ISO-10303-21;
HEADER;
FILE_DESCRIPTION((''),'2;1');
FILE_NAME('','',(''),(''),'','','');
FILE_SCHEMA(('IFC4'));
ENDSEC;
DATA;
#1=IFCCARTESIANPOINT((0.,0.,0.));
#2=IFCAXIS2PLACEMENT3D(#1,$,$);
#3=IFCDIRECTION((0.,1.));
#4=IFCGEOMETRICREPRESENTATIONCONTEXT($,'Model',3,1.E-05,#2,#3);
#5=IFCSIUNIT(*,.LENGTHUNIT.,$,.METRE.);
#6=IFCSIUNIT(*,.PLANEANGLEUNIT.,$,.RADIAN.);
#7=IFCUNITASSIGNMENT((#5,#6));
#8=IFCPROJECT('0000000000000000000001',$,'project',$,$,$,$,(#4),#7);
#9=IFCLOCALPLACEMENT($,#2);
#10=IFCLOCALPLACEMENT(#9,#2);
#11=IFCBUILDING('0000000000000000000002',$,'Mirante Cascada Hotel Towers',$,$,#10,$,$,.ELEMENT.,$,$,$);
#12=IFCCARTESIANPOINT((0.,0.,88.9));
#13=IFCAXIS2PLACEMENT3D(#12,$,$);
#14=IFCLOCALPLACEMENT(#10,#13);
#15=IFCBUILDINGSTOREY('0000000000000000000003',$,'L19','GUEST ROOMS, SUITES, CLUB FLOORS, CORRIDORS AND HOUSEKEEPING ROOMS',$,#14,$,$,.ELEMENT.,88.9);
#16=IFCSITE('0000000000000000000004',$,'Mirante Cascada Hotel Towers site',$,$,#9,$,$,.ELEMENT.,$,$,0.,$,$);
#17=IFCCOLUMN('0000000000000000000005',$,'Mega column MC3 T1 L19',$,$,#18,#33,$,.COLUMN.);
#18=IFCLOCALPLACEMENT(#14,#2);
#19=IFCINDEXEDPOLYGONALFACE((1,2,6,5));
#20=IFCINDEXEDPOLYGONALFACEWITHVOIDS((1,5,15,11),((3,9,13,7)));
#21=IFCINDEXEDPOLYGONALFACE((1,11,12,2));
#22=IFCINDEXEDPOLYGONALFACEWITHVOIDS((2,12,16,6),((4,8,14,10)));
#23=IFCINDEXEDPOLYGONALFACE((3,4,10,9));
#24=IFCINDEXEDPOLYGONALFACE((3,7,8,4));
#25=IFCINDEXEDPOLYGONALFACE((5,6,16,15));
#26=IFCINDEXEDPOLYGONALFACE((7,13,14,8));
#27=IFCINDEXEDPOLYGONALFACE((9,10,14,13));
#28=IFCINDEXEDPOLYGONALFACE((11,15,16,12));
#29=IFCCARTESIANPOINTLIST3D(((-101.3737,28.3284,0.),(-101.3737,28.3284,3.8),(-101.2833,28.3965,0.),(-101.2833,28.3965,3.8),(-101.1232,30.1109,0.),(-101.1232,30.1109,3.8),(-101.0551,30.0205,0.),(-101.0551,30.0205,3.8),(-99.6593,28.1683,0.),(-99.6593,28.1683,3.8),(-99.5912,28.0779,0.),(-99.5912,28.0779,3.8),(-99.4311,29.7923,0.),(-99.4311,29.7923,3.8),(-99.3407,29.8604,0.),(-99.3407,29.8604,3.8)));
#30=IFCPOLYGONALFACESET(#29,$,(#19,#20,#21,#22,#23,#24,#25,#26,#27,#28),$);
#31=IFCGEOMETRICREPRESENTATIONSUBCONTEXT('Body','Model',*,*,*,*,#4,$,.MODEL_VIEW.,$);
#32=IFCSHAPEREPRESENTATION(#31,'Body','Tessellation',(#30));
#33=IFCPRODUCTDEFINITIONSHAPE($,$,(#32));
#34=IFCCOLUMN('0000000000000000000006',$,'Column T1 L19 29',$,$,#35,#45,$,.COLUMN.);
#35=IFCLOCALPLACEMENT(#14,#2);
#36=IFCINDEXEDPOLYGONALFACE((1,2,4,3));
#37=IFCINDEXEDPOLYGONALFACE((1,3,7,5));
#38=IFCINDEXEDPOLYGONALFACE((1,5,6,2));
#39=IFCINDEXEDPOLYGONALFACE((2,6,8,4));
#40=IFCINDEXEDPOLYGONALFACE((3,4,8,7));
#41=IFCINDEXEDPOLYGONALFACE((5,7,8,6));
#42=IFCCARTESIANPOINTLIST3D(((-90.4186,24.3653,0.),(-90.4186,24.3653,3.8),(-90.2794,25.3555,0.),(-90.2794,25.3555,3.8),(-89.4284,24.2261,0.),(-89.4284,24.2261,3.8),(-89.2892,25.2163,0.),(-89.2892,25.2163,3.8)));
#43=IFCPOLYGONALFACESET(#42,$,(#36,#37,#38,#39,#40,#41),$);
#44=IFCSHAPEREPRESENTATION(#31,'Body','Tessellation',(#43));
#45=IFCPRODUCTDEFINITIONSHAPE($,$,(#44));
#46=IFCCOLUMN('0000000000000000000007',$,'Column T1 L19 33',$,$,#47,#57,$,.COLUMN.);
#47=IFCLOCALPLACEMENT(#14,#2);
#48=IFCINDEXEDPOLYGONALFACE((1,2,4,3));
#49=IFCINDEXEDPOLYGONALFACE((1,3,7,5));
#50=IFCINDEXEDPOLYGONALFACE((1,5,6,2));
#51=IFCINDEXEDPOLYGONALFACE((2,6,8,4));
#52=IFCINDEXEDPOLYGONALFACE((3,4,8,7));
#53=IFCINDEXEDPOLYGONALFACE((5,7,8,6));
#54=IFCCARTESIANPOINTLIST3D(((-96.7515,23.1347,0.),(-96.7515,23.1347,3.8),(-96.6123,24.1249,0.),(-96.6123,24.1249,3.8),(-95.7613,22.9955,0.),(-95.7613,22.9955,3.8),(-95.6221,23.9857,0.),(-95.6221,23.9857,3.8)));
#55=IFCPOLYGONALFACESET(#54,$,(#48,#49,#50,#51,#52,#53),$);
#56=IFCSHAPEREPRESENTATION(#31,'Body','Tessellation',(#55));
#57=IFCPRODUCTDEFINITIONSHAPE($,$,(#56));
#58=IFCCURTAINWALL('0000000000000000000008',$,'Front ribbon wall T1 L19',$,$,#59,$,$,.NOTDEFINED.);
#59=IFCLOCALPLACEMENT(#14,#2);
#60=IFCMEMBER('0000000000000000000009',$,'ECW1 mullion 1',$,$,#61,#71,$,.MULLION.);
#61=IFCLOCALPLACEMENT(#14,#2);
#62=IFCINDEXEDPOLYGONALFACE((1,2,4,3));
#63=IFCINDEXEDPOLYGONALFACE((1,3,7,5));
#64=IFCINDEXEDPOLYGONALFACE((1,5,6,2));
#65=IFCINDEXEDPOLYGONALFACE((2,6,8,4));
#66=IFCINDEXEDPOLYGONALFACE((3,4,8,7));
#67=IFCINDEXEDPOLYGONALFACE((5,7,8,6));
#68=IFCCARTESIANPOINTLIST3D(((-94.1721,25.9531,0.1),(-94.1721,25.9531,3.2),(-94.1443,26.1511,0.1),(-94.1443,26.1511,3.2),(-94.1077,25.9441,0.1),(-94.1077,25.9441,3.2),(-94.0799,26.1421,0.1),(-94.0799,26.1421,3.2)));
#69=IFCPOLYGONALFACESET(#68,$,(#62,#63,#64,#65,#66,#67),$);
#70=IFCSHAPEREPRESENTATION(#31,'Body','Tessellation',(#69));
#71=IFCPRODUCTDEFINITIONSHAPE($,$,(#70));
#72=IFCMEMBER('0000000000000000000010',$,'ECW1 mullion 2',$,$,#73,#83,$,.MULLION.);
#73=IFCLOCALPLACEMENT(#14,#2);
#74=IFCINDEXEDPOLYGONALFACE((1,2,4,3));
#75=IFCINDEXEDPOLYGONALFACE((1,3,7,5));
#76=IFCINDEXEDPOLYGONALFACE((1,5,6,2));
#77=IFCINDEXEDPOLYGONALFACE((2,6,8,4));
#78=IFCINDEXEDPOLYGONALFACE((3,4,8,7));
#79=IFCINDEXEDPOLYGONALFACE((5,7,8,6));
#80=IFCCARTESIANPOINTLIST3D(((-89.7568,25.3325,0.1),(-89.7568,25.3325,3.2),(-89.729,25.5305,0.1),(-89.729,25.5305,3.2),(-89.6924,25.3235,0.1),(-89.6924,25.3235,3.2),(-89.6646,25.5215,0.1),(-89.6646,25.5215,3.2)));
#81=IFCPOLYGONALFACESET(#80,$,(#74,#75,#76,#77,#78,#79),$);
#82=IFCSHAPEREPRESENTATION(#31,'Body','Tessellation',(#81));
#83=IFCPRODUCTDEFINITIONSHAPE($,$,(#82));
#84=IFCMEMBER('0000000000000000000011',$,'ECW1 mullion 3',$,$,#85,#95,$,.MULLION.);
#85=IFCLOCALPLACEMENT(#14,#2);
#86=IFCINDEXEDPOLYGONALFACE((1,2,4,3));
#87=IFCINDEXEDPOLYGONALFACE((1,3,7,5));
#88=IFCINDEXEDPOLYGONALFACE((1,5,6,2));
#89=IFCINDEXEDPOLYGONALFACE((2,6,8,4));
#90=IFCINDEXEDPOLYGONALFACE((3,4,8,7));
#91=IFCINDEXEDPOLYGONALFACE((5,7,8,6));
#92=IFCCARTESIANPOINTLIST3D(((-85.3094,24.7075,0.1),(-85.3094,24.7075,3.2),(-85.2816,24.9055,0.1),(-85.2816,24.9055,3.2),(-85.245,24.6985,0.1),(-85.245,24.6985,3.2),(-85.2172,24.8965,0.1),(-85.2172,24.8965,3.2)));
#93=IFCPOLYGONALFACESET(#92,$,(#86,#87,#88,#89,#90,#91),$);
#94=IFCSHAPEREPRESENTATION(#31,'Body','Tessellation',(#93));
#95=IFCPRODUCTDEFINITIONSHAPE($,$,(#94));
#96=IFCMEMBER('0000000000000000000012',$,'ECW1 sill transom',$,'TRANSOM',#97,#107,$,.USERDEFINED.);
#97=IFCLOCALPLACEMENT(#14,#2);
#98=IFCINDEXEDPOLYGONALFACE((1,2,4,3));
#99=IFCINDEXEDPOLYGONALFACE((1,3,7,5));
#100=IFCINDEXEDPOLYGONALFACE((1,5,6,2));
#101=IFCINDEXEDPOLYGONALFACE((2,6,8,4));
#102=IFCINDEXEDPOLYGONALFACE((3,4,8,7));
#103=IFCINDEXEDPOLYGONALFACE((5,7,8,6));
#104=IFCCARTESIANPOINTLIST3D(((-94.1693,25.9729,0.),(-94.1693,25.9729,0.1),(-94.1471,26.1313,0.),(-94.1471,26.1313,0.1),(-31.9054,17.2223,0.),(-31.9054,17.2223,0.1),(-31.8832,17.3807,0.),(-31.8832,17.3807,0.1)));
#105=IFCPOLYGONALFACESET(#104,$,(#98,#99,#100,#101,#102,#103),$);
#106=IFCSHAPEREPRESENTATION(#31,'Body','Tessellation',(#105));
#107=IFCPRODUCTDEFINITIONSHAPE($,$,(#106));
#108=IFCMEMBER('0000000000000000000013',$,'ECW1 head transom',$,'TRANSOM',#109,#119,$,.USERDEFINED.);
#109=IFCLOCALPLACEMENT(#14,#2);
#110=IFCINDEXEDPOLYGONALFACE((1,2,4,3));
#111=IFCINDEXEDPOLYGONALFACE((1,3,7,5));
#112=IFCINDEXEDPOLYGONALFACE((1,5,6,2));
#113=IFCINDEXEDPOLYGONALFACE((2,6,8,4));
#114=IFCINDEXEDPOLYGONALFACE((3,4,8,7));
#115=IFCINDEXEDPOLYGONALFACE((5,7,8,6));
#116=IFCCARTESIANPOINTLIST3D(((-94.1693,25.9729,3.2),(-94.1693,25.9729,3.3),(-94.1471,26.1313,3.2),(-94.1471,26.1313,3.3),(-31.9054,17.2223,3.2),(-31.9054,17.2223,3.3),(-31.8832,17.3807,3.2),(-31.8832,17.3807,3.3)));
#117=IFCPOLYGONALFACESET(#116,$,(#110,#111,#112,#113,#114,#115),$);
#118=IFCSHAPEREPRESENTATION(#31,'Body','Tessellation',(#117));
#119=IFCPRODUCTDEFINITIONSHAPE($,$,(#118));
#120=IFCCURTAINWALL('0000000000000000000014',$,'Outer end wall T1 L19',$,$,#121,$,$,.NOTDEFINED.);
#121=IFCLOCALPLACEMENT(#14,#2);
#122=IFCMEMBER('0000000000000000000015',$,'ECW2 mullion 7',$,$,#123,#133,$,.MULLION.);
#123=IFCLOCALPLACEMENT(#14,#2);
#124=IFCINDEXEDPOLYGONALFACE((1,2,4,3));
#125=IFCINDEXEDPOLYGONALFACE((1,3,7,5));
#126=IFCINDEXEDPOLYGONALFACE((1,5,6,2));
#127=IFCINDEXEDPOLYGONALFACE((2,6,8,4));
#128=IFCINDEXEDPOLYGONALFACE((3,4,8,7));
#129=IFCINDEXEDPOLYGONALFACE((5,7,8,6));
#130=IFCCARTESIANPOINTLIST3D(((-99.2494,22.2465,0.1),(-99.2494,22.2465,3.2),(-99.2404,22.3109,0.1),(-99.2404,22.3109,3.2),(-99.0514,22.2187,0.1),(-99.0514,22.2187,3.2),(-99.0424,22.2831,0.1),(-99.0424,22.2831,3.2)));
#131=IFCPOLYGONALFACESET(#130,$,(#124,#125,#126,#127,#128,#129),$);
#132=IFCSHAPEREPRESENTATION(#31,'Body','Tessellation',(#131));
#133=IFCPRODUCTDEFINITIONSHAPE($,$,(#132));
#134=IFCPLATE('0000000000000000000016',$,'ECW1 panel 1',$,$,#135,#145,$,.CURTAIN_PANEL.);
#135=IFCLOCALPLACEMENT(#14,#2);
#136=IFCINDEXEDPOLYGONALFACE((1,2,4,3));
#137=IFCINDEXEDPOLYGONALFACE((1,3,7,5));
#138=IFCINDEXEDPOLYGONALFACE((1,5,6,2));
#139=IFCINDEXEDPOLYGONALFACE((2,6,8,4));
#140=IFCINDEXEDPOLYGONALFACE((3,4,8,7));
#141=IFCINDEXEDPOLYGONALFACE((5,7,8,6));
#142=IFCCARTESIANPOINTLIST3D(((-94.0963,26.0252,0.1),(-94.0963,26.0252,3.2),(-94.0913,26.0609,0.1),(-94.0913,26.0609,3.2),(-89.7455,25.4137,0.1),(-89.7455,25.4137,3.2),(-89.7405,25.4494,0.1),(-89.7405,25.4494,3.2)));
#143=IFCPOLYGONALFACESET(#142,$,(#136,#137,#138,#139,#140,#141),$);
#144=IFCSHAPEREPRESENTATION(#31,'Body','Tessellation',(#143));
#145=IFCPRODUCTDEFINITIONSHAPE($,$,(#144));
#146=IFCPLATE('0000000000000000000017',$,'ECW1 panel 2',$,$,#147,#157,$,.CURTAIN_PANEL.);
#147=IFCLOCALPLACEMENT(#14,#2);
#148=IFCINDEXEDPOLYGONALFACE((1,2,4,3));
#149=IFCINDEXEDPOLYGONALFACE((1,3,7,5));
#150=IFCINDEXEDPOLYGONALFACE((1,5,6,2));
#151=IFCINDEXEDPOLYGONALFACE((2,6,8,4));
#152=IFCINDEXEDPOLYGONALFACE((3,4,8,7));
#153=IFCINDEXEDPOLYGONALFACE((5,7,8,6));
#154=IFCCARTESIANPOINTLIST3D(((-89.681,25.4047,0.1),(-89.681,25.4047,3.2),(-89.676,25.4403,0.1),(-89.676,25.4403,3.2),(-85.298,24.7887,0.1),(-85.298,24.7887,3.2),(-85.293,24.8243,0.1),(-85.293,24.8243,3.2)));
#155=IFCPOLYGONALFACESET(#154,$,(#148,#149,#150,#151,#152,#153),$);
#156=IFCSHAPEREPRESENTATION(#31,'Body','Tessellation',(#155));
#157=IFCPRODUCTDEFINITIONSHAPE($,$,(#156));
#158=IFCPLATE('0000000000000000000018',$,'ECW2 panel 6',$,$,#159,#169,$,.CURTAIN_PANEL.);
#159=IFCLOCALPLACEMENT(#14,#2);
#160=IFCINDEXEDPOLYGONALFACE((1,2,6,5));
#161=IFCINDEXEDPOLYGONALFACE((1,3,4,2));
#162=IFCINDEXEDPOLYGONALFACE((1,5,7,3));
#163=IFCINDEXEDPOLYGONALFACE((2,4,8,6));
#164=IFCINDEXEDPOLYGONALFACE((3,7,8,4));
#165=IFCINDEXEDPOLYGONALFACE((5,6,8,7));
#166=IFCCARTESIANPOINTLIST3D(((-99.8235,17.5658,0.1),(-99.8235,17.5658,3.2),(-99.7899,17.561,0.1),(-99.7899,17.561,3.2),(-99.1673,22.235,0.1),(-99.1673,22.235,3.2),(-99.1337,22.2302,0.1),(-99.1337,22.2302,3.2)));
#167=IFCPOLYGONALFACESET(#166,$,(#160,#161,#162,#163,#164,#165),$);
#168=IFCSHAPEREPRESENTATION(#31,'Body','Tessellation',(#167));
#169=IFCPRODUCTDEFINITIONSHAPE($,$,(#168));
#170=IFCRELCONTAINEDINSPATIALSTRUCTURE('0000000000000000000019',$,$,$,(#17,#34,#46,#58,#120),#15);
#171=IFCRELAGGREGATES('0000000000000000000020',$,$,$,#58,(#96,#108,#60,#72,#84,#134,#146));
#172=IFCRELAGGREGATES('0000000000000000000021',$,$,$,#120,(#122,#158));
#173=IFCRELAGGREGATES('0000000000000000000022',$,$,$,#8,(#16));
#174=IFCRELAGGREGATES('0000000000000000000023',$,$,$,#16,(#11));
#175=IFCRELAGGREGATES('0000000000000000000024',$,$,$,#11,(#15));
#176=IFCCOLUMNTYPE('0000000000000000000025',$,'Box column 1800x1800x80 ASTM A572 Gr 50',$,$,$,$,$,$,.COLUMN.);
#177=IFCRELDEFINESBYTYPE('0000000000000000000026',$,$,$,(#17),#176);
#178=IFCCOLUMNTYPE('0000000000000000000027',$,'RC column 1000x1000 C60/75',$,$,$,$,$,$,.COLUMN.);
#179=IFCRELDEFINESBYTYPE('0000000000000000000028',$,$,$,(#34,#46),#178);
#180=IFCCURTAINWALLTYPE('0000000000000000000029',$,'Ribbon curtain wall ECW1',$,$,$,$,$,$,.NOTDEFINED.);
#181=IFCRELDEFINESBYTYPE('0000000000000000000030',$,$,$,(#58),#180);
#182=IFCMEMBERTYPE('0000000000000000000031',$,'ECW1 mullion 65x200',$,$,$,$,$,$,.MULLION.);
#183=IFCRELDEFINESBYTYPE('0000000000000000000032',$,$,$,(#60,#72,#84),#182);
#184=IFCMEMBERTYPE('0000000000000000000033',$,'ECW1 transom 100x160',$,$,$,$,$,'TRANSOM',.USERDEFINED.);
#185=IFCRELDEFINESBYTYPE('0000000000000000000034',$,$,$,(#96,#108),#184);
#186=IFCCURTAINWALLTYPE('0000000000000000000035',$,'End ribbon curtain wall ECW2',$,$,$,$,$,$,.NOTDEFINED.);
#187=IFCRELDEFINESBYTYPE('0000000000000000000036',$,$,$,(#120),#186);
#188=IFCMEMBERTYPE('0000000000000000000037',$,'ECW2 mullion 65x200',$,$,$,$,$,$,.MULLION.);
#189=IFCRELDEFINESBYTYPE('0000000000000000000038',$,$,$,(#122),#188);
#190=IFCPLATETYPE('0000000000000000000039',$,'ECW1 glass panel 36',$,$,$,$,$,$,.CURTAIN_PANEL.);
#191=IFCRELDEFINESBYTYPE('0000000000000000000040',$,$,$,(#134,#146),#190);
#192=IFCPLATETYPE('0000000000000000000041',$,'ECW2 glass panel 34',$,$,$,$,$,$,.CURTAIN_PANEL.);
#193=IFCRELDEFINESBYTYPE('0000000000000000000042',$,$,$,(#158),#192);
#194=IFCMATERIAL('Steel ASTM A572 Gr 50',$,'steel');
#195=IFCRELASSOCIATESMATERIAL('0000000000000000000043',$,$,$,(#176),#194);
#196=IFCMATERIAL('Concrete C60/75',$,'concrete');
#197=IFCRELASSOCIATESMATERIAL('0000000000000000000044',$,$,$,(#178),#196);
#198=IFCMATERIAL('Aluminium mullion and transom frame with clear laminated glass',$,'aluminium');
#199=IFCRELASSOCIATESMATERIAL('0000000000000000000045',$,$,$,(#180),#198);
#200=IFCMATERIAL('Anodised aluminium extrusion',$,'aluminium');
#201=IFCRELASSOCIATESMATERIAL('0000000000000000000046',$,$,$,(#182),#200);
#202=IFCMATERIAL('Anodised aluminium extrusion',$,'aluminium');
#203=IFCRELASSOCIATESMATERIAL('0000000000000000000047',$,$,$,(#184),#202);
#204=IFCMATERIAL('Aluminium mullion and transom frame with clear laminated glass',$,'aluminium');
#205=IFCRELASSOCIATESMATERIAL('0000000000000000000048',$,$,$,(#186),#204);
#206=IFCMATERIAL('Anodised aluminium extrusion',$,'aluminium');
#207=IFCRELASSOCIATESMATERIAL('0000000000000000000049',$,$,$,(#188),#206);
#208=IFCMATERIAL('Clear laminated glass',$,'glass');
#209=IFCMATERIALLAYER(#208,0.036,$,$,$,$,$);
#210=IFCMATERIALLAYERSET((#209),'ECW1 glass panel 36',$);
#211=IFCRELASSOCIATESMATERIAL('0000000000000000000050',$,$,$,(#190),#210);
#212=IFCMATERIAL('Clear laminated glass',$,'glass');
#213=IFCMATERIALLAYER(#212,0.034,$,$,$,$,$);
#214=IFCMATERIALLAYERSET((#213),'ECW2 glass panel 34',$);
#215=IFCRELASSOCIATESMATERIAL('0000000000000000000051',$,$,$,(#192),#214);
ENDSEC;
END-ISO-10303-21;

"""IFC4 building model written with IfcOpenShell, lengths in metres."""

from ifc_helpers import new_model, si_unit, direction, frame, origin, origin_2d, place, context, subcontext, project, spatial, rectangle, hollow_rectangle, extrude, material, layer, layer_set, material_profile, profile_set, type_object, element, aggregate, save


model = new_model("IFC4")

# Units and contexts
model_context = context("Model", 3, precision=1e-05, world=origin(), true_north=direction((0.0, 1.0)))
body_context = subcontext(model_context, "Body", "Model", "MODEL_VIEW")
ifc_project = project(units=[si_unit("LENGTHUNIT", "METRE"), si_unit("PLANEANGLEUNIT", "RADIAN")], contexts=[model_context])

# Site, building, storey
site_placement = place(None, origin())
site = spatial("IfcSite", under=ifc_project, at=site_placement, Name="Mirante Cascada Hotel Towers site", CompositionType="ELEMENT", RefElevation=0.0)
building_placement = place(site_placement, origin())
building = spatial("IfcBuilding", under=site, at=building_placement, Name="Mirante Cascada Hotel Towers", CompositionType="ELEMENT")
storey_placement = place(building_placement, frame((0.0, 0.0, 88.9)))
storey = spatial("IfcBuildingStorey", under=building, at=storey_placement, Name="L19", Description="GUEST ROOMS, SUITES, CLUB FLOORS, CORRIDORS AND HOUSEKEEPING ROOMS", CompositionType="ELEMENT", Elevation=88.9)

# Columns
ifc_material_1 = material(Name="Steel ASTM A572 Gr 50", Category="steel")
ifc_material_profile_1 = material_profile(ifc_material_1, hollow_rectangle(XDim=1.8, YDim=1.8, WallThickness=0.08, at=origin_2d()), Name="Box column 1800x1800x80 ASTM A572 Gr 50")
ifc_profile_set_1 = profile_set([ifc_material_profile_1], Name="Steel ASTM A572 Gr 50")
column_type_1 = type_object("IfcColumnType", Name="Box column 1800x1800x80 ASTM A572 Gr 50", PredefinedType="COLUMN", material=ifc_profile_set_1)
column_placement = place(storey_placement, frame((-100.3572, 29.0944, 0.0), z_axis=(0.0, 0.0, 1.0), x_axis=(-0.990268, 0.139173, 0.0)))
element("IfcColumn", 1, at=column_placement, inside=storey, type_object=column_type_1, Name="Mega column MC3 T1 L19", PredefinedType="COLUMN", context=body_context, shape_type="SweptSolid", body=[
    extrude(hollow_rectangle(XDim=1.8, YDim=1.8, WallThickness=0.08, at=origin_2d()), origin(), (0.0, 0.0, 1.0), 3.8),
])
ifc_material_2 = material(Name="Concrete C60/75", Category="concrete")
ifc_material_profile_2 = material_profile(ifc_material_2, rectangle(XDim=1.0, YDim=1.0, at=origin_2d()), Name="RC column 1000x1000 C60/75")
ifc_profile_set_2 = profile_set([ifc_material_profile_2], Name="Concrete C60/75")
column_type_2 = type_object("IfcColumnType", Name="RC column 1000x1000 C60/75", PredefinedType="COLUMN", material=ifc_profile_set_2)
for number, where, z_axis, x_axis, name in (
    (2, (-89.8539, 24.7908, 0.0), (0.0, 0.0, 1.0), (-0.990268, 0.139173, 0.0), "Column T1 L19 29"),
    (3, (-96.1868, 23.5602, 0.0), (0.0, 0.0, 1.0), (-0.990268, 0.139173, 0.0), "Column T1 L19 33"),
):
    element("IfcColumn", number, at=place(storey_placement, frame(where, z_axis=z_axis, x_axis=x_axis)), inside=storey, type_object=column_type_2, Name=name, PredefinedType="COLUMN", context=body_context, shape_type="SweptSolid", body=[
        extrude(rectangle(XDim=1.0, YDim=1.0, at=origin_2d()), origin(), (0.0, 0.0, 1.0), 3.8),
    ])

# Curtain wall, members
ifc_material_3 = material(Name="Aluminium mullion and transom frame with clear laminated glass", Category="aluminium")
curtain_wall_type_1 = type_object("IfcCurtainWallType", Name="Ribbon curtain wall ECW1", PredefinedType="NOTDEFINED", material=ifc_material_3)
curtain_wall_1_placement = place(storey_placement, origin())
curtain_wall_1 = element("IfcCurtainWall", 4, at=curtain_wall_1_placement, inside=storey, type_object=curtain_wall_type_1, Name="Front ribbon wall T1 L19", PredefinedType="NOTDEFINED")
ifc_material_4 = material(Name="Anodised aluminium extrusion", Category="aluminium")
ifc_material_profile_3 = material_profile(ifc_material_4, rectangle(XDim=0.2, YDim=0.065, at=origin_2d()), Name="ECW1 MULLION 65x200")
ifc_profile_set_3 = profile_set([ifc_material_profile_3], Name="Anodised aluminium extrusion")
member_type_1 = type_object("IfcMemberType", Name="ECW1 mullion 65x200", PredefinedType="MULLION", material=ifc_profile_set_3)
member_1_placement = place(storey_placement, frame((-94.126, 26.0476, 0.1), z_axis=(0.0, 0.0, 1.0), x_axis=(0.139173, 0.990268, 0.0)))
member_1 = element("IfcMember", 5, at=member_1_placement, type_object=member_type_1, Name="ECW1 mullion 1", PredefinedType="MULLION", context=body_context, shape_type="SweptSolid", body=[
    extrude(rectangle(XDim=0.2, YDim=0.065, at=origin_2d()), origin(), (0.0, 0.0, 1.0), 3.1),
])
member_2_placement = place(storey_placement, frame((-89.7107, 25.427, 0.1), z_axis=(0.0, 0.0, 1.0), x_axis=(0.139173, 0.990268, 0.0)))
member_2 = element("IfcMember", 6, at=member_2_placement, type_object=member_type_1, Name="ECW1 mullion 2", PredefinedType="MULLION", context=body_context, shape_type="SweptSolid", body=[
    extrude(rectangle(XDim=0.2, YDim=0.065, at=origin_2d()), origin(), (0.0, 0.0, 1.0), 3.1),
])
member_3_placement = place(storey_placement, frame((-85.2633, 24.802, 0.1), z_axis=(0.0, 0.0, 1.0), x_axis=(0.139173, 0.990268, 0.0)))
member_3 = element("IfcMember", 7, at=member_3_placement, type_object=member_type_1, Name="ECW1 mullion 3", PredefinedType="MULLION", context=body_context, shape_type="SweptSolid", body=[
    extrude(rectangle(XDim=0.2, YDim=0.065, at=origin_2d()), origin(), (0.0, 0.0, 1.0), 3.1),
])
ifc_material_5 = material(Name="Anodised aluminium extrusion", Category="aluminium")
ifc_material_profile_4 = material_profile(ifc_material_5, rectangle(XDim=0.16, YDim=0.1, at=origin_2d()), Name="ECW1 TRANSOM 100x160")
ifc_profile_set_4 = profile_set([ifc_material_profile_4], Name="Anodised aluminium extrusion")
member_type_2 = type_object("IfcMemberType", Name="ECW1 transom 100x160", ElementType="TRANSOM", PredefinedType="USERDEFINED", material=ifc_profile_set_4)
member_4_placement = place(storey_placement, frame((-94.1582, 26.0521, 0.05), z_axis=(0.990268, -0.139173, 0.0), x_axis=(0.139173, 0.990268, 0.0)))
member_4 = element("IfcMember", 8, at=member_4_placement, type_object=member_type_2, Name="ECW1 sill transom", ObjectType="TRANSOM", PredefinedType="USERDEFINED", context=body_context, shape_type="SweptSolid", body=[
    extrude(rectangle(XDim=0.16, YDim=0.1, at=origin_2d()), origin(), (0.0, 0.0, 1.0), 62.8758),
])
member_5_placement = place(storey_placement, frame((-94.1582, 26.0521, 3.25), z_axis=(0.990268, -0.139173, 0.0), x_axis=(0.139173, 0.990268, 0.0)))
member_5 = element("IfcMember", 9, at=member_5_placement, type_object=member_type_2, Name="ECW1 head transom", ObjectType="TRANSOM", PredefinedType="USERDEFINED", context=body_context, shape_type="SweptSolid", body=[
    extrude(rectangle(XDim=0.16, YDim=0.1, at=origin_2d()), origin(), (0.0, 0.0, 1.0), 62.8758),
])

# Curtain wall, member
ifc_material_6 = material(Name="Aluminium mullion and transom frame with clear laminated glass", Category="aluminium")
curtain_wall_type_2 = type_object("IfcCurtainWallType", Name="End ribbon curtain wall ECW2", PredefinedType="NOTDEFINED", material=ifc_material_6)
curtain_wall_2_placement = place(storey_placement, origin())
curtain_wall_2 = element("IfcCurtainWall", 10, at=curtain_wall_2_placement, inside=storey, type_object=curtain_wall_type_2, Name="Outer end wall T1 L19", PredefinedType="NOTDEFINED")
ifc_material_7 = material(Name="Anodised aluminium extrusion", Category="aluminium")
ifc_material_profile_5 = material_profile(ifc_material_7, rectangle(XDim=0.2, YDim=0.065, at=origin_2d()), Name="ECW2 MULLION 65x200")
ifc_profile_set_5 = profile_set([ifc_material_profile_5], Name="Anodised aluminium extrusion")
member_type_3 = type_object("IfcMemberType", Name="ECW2 mullion 65x200", PredefinedType="MULLION", material=ifc_profile_set_5)
member_6_placement = place(storey_placement, frame((-99.1459, 22.2648, 0.1), z_axis=(0.0, 0.0, 1.0), x_axis=(-0.990268, 0.139173, 0.0)))
member_6 = element("IfcMember", 11, at=member_6_placement, type_object=member_type_3, Name="ECW2 mullion 7", PredefinedType="MULLION", context=body_context, shape_type="SweptSolid", body=[
    extrude(rectangle(XDim=0.2, YDim=0.065, at=origin_2d()), origin(), (0.0, 0.0, 1.0), 3.1),
])

# Plates
ifc_material_8 = material(Name="Clear laminated glass", Category="glass")
ifc_layer_1 = layer(ifc_material_8, 0.036)
ifc_layer_set_1 = layer_set([ifc_layer_1], Name="ECW1 glass panel 36")
plate_type_1 = type_object("IfcPlateType", Name="ECW1 glass panel 36", PredefinedType="CURTAIN_PANEL", material=ifc_layer_set_1)
plate_1_placement = place(storey_placement, frame((-91.9184, 25.7373, 0.1), z_axis=(0.0, 0.0, 1.0), x_axis=(0.990268, -0.139173, 0.0)))
plate_1 = element("IfcPlate", 12, at=plate_1_placement, type_object=plate_type_1, Name="ECW1 panel 1", PredefinedType="CURTAIN_PANEL", context=body_context, shape_type="SweptSolid", body=[
    extrude(rectangle(XDim=4.3936, YDim=0.036, at=origin_2d()), origin(), (0.0, 0.0, 1.0), 3.1),
])
plate_2_placement = place(storey_placement, frame((-87.487, 25.1145, 0.1), z_axis=(0.0, 0.0, 1.0), x_axis=(0.990268, -0.139173, 0.0)))
plate_2 = element("IfcPlate", 13, at=plate_2_placement, type_object=plate_type_1, Name="ECW1 panel 2", PredefinedType="CURTAIN_PANEL", context=body_context, shape_type="SweptSolid", body=[
    extrude(rectangle(XDim=4.4261, YDim=0.036, at=origin_2d()), origin(), (0.0, 0.0, 1.0), 3.1),
])
aggregate(curtain_wall_1, [member_4, member_5, member_1, member_2, member_3, plate_1, plate_2])
ifc_material_9 = material(Name="Clear laminated glass", Category="glass")
ifc_layer_2 = layer(ifc_material_9, 0.034)
ifc_layer_set_2 = layer_set([ifc_layer_2], Name="ECW2 glass panel 34")
plate_type_2 = type_object("IfcPlateType", Name="ECW2 glass panel 34", PredefinedType="CURTAIN_PANEL", material=ifc_layer_set_2)
plate_3_placement = place(storey_placement, frame((-99.4786, 19.898, 0.1), z_axis=(0.0, 0.0, 1.0), x_axis=(0.139173, 0.990268, 0.0)))
plate_3 = element("IfcPlate", 14, at=plate_3_placement, type_object=plate_type_2, Name="ECW2 panel 6", PredefinedType="CURTAIN_PANEL", context=body_context, shape_type="SweptSolid", body=[
    extrude(rectangle(XDim=4.7151, YDim=0.034, at=origin_2d()), origin(), (0.0, 0.0, 1.0), 3.1),
])
aggregate(curtain_wall_2, [member_6, plate_3])

save(model, "model.ifc")
